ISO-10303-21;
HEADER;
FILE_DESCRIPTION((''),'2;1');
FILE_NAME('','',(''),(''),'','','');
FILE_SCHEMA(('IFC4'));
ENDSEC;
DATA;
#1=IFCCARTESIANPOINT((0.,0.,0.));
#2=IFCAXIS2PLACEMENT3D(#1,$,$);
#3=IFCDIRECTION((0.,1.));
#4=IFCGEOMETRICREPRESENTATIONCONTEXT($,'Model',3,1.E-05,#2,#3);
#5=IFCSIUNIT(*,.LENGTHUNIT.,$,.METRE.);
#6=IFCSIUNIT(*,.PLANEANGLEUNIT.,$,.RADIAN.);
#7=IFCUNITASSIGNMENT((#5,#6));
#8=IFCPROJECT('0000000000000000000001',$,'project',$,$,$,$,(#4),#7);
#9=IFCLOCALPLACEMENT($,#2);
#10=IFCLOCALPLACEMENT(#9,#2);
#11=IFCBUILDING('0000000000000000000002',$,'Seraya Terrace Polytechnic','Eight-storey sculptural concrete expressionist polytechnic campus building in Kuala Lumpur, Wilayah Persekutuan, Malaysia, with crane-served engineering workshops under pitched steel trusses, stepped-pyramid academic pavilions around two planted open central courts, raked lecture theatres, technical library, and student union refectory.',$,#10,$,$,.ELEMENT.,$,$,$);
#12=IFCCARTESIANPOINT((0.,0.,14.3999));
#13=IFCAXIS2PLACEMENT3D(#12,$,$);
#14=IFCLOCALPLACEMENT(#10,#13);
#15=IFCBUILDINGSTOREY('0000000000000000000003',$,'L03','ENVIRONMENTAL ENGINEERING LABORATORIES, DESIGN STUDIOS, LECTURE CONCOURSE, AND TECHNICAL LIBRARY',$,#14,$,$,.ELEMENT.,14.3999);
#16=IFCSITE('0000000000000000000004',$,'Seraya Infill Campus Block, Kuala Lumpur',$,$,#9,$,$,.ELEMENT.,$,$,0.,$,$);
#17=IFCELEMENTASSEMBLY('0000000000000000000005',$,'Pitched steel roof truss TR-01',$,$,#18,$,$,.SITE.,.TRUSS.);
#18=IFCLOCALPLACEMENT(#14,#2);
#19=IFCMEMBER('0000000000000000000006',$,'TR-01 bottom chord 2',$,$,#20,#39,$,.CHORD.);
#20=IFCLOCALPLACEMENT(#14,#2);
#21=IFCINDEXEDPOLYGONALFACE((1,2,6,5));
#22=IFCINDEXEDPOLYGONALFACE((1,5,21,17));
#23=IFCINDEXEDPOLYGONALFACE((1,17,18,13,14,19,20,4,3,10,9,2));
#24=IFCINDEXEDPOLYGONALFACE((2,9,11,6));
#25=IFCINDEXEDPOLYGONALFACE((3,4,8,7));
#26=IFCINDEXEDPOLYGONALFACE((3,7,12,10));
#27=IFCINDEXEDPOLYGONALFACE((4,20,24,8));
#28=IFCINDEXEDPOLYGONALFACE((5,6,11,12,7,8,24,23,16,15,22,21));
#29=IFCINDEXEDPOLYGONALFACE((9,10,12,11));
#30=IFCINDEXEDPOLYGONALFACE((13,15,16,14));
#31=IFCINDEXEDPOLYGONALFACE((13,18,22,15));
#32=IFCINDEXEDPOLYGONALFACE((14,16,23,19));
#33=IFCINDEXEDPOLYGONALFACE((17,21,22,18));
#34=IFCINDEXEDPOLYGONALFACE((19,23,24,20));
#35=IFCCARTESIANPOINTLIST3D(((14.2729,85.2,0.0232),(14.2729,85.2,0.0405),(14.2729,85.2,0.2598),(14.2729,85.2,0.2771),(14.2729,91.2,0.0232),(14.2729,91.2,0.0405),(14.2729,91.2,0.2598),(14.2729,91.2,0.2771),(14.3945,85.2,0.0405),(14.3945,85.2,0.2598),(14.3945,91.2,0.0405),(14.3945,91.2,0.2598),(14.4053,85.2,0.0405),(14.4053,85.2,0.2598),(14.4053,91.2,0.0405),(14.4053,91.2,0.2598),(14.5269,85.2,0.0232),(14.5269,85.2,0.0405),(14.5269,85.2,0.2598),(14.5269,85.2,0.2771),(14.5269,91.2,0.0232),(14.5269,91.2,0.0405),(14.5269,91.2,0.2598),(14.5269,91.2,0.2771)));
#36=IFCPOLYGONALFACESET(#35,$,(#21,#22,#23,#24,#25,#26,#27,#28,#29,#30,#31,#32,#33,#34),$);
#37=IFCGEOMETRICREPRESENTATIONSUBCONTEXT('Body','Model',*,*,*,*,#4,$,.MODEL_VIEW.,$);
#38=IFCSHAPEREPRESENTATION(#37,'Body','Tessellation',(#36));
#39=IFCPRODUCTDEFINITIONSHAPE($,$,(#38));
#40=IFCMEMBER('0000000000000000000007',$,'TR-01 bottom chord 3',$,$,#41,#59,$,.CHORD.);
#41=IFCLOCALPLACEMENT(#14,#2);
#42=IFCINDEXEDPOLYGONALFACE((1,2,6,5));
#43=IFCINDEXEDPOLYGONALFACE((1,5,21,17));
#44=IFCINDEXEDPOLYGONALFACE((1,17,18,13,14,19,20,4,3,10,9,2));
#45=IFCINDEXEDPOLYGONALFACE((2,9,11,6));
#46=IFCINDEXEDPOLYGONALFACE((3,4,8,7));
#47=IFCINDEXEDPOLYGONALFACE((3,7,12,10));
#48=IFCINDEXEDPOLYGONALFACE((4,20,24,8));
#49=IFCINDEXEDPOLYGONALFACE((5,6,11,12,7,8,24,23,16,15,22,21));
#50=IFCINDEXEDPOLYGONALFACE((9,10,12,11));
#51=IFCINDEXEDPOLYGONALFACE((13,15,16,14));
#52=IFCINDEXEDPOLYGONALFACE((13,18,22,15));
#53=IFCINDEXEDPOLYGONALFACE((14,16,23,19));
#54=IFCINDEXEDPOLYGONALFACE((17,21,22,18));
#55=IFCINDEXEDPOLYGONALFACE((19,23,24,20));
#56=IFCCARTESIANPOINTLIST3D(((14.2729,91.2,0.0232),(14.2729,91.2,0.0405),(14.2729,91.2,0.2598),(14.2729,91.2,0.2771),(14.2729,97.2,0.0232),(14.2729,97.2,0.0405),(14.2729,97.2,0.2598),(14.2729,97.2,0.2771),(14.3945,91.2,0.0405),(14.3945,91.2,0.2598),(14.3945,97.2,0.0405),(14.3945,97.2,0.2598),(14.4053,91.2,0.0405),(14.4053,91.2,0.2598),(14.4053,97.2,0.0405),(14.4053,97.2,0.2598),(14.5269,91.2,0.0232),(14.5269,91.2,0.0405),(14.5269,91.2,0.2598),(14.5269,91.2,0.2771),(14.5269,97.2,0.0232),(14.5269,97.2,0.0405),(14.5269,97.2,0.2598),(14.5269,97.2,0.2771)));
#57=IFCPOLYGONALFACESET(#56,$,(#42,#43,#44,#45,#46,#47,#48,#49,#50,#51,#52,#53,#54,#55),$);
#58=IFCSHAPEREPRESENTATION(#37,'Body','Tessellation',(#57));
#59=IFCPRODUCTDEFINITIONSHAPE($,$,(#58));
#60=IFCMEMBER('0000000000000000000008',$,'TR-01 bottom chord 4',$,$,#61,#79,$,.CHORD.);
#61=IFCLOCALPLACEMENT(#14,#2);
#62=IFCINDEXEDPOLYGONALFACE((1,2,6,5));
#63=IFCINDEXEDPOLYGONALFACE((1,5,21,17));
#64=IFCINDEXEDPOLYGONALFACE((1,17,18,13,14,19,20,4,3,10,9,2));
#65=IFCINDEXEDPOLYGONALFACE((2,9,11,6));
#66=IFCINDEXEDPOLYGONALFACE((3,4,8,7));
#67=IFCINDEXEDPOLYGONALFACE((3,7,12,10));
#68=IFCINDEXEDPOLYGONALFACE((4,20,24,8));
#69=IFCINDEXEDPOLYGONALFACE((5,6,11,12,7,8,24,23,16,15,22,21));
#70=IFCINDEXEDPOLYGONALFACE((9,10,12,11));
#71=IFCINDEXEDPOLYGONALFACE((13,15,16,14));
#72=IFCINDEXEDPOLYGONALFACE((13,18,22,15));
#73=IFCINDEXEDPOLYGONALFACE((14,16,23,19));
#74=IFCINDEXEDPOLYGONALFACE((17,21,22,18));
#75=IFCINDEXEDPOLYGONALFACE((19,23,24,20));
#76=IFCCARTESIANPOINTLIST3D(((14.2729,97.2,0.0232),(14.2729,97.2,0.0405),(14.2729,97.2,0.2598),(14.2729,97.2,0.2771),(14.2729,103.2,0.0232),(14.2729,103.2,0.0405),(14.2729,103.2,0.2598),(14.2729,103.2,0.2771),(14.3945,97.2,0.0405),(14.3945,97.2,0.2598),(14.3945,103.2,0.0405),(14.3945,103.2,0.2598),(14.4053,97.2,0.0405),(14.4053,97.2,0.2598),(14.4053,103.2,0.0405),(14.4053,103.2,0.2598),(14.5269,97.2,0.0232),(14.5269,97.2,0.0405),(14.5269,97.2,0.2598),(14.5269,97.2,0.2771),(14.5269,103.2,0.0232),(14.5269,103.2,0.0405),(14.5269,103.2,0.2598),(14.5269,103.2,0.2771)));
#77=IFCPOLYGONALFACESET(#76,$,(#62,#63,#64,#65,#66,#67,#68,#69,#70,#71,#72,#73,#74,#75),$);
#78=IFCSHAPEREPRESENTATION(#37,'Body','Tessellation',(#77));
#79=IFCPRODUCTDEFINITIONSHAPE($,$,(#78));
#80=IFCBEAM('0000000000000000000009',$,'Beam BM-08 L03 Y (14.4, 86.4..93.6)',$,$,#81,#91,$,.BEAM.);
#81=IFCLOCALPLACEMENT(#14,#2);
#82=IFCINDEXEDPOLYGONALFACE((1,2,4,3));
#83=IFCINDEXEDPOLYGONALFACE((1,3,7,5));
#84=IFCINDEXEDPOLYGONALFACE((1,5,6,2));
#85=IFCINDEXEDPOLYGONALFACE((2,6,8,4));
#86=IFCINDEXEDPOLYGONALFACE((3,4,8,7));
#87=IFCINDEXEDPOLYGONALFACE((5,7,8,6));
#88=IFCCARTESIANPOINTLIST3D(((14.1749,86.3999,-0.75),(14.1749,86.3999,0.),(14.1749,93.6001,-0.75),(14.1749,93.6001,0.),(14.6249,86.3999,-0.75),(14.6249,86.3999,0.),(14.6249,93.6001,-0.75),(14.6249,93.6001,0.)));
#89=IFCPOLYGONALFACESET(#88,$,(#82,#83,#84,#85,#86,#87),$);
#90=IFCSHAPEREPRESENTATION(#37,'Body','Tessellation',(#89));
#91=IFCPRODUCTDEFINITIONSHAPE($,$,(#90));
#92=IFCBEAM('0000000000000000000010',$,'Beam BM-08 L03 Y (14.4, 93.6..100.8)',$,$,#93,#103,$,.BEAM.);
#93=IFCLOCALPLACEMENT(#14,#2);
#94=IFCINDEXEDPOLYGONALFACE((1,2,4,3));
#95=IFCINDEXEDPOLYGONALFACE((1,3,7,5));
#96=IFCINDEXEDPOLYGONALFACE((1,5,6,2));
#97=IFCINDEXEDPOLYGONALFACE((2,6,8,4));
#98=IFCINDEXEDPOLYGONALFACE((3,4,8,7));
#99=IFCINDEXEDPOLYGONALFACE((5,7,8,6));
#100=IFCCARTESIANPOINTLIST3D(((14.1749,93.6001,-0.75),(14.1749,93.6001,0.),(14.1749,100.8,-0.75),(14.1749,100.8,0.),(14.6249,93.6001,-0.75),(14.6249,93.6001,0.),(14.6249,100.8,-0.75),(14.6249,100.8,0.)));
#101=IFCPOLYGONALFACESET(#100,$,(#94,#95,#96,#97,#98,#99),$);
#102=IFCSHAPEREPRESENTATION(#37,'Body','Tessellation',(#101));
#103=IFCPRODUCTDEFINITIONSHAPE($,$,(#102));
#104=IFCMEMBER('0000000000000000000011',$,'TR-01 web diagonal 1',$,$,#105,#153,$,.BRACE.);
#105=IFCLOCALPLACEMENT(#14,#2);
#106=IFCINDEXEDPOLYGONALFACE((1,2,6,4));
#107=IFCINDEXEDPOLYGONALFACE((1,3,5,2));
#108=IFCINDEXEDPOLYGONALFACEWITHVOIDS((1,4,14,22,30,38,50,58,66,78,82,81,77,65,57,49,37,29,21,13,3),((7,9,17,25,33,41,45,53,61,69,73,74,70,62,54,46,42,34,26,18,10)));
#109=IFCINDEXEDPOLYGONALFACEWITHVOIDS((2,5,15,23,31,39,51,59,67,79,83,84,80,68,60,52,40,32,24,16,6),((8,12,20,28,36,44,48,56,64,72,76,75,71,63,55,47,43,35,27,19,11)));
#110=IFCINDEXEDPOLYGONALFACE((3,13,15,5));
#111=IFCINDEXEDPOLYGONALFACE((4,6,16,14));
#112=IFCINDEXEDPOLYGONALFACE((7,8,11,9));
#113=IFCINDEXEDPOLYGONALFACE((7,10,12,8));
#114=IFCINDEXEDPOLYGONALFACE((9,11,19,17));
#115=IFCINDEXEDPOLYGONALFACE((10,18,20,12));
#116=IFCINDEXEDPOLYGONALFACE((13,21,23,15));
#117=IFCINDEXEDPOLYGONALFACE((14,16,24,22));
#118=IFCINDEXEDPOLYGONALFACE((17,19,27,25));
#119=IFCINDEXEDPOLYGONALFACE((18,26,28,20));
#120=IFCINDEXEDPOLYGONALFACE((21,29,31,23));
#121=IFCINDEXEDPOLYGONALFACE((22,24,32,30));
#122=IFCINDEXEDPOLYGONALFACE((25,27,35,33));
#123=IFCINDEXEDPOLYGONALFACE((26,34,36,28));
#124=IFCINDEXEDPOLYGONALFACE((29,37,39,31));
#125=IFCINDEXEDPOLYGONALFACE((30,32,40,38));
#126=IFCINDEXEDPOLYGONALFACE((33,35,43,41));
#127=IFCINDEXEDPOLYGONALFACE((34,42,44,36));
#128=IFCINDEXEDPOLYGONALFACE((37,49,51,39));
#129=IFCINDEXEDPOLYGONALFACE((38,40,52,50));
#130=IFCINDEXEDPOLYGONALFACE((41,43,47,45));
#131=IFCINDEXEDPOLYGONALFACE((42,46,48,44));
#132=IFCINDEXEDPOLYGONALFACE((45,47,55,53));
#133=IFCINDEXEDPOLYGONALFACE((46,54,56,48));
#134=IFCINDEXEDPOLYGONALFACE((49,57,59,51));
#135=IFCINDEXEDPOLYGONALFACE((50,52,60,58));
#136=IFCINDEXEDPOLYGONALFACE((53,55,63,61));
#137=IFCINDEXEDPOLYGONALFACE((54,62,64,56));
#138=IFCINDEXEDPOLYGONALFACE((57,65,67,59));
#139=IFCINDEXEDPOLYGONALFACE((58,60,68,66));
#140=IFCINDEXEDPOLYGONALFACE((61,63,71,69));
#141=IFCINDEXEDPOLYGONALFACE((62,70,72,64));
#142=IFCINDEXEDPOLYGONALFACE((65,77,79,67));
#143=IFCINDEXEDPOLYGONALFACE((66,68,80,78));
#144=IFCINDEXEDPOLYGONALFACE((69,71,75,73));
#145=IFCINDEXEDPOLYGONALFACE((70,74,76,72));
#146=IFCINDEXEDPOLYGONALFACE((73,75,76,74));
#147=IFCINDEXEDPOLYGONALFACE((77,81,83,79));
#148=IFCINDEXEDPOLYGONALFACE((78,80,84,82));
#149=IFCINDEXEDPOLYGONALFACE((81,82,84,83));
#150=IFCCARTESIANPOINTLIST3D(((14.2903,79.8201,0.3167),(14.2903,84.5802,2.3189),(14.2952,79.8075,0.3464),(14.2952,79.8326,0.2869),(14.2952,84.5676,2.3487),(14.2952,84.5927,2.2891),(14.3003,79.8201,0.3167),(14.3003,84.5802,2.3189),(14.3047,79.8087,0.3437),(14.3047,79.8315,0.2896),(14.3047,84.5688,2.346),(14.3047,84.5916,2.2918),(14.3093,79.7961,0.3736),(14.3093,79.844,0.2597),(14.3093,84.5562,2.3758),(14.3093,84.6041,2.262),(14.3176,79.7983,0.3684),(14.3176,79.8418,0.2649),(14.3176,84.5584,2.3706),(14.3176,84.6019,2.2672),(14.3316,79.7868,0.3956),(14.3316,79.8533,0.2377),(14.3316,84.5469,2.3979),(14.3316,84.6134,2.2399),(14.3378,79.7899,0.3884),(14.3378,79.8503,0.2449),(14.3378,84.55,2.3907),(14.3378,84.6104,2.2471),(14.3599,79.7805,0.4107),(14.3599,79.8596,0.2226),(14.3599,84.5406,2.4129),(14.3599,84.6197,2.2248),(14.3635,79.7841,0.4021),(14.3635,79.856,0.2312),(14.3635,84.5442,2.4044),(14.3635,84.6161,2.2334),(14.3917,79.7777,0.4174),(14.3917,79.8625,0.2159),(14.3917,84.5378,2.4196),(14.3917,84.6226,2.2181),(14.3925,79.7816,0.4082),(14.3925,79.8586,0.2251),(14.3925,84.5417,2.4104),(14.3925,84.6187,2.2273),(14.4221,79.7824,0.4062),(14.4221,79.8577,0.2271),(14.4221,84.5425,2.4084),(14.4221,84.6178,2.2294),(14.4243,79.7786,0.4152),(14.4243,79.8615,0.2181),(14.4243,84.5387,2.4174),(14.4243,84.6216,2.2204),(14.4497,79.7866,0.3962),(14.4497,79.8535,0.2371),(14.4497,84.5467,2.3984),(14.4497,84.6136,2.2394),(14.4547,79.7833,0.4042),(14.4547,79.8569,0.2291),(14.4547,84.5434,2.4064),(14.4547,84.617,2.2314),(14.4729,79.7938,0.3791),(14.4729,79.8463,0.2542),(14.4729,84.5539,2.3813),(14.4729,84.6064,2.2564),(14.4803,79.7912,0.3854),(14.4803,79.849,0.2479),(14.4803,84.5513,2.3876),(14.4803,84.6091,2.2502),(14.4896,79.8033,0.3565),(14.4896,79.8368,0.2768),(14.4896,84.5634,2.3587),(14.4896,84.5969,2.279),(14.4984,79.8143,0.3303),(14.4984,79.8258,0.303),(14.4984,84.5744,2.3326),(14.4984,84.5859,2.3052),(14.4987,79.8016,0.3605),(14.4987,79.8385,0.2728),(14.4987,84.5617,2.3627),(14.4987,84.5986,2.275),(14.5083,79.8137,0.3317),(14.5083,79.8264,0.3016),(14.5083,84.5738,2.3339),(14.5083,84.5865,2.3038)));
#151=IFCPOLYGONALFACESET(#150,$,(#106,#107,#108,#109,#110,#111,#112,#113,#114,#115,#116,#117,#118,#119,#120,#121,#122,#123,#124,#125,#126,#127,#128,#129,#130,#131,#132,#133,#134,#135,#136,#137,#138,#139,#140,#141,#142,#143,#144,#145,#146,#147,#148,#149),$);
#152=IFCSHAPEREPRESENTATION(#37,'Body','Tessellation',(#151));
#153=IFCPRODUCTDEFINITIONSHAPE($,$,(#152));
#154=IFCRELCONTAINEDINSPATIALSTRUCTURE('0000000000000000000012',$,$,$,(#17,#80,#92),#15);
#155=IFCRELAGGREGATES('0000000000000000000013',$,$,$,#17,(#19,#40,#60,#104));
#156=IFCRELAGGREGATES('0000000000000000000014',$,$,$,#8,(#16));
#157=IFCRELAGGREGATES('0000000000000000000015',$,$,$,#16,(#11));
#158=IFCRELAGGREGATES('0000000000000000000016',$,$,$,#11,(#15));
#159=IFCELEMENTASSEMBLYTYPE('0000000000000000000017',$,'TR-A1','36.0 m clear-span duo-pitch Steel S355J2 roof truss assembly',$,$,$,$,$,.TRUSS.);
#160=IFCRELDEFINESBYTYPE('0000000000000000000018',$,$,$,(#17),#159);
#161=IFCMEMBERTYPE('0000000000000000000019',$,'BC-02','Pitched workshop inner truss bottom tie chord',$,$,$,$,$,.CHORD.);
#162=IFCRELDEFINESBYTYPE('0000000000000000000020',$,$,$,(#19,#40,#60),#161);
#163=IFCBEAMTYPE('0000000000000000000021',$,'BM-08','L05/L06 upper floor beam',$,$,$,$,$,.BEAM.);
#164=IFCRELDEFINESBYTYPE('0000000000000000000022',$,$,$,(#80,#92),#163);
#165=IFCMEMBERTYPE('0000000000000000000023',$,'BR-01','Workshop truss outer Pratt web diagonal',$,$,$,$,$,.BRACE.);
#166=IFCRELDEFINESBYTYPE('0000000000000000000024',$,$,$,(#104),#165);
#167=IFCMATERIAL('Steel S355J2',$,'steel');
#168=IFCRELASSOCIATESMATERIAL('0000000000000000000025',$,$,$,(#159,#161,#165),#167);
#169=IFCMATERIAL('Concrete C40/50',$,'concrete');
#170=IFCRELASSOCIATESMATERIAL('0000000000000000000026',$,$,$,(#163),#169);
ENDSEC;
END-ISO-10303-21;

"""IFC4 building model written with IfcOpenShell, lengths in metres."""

from ifc_helpers import new_model, si_unit, direction, frame, origin, origin_2d, place, context, subcontext, project, spatial, rectangle, hollow_circle, i_section, extrude, material, material_profile, profile_set, type_object, element, aggregate, save


model = new_model("IFC4")

# Units and contexts
model_context = context("Model", 3, precision=1e-05, world=origin(), true_north=direction((0.0, 1.0)))
body_context = subcontext(model_context, "Body", "Model", "MODEL_VIEW")
ifc_project = project(units=[si_unit("LENGTHUNIT", "METRE"), si_unit("PLANEANGLEUNIT", "RADIAN")], contexts=[model_context])

# Site, building, storey
site_placement = place(None, origin())
site = spatial("IfcSite", under=ifc_project, at=site_placement, Name="Seraya Infill Campus Block, Kuala Lumpur", CompositionType="ELEMENT", RefElevation=0.0)
building_placement = place(site_placement, origin())
building = spatial("IfcBuilding", under=site, at=building_placement, Name="Seraya Terrace Polytechnic", Description="Eight-storey sculptural concrete expressionist polytechnic campus building in Kuala Lumpur, Wilayah Persekutuan, Malaysia, with crane-served engineering workshops under pitched steel trusses, stepped-pyramid academic pavilions around two planted open central courts, raked lecture theatres, technical library, and student union refectory.", CompositionType="ELEMENT")
storey_placement = place(building_placement, frame((0.0, 0.0, 14.3999)))
storey = spatial("IfcBuildingStorey", under=building, at=storey_placement, Name="L03", Description="ENVIRONMENTAL ENGINEERING LABORATORIES, DESIGN STUDIOS, LECTURE CONCOURSE, AND TECHNICAL LIBRARY", CompositionType="ELEMENT", Elevation=14.3999)

# Element assembly, members
ifc_material_1 = material(Name="Steel S355J2", Category="steel")
element_assembly_type = type_object("IfcElementAssemblyType", Name="TR-A1", Description="36.0 m clear-span duo-pitch Steel S355J2 roof truss assembly", PredefinedType="TRUSS", material=ifc_material_1)
assembly_placement = place(storey_placement, origin())
assembly = element("IfcElementAssembly", 1, at=assembly_placement, inside=storey, type_object=element_assembly_type, Name="Pitched steel roof truss TR-01", AssemblyPlace="SITE", PredefinedType="TRUSS")
ifc_material_profile_1 = material_profile(ifc_material_1, i_section(OverallWidth=0.2539, OverallDepth=0.2539, WebThickness=0.0107, FlangeThickness=0.0173, at=origin_2d()), Name="UKC 254x254x10.7x17.3")
ifc_profile_set_1 = profile_set([ifc_material_profile_1], Name="Steel S355J2")
member_type_1 = type_object("IfcMemberType", Name="BC-02", Description="Pitched workshop inner truss bottom tie chord", PredefinedType="CHORD", material=ifc_profile_set_1)
member_1_placement = place(storey_placement, frame((14.3999, 85.2, 0.1501), z_axis=(0.0, 1.0, 0.0), x_axis=(-1.0, 0.0, 0.0)))
member_1 = element("IfcMember", 2, at=member_1_placement, type_object=member_type_1, Name="TR-01 bottom chord 2", PredefinedType="CHORD", context=body_context, shape_type="SweptSolid", body=[
    extrude(i_section(OverallWidth=0.2539, OverallDepth=0.2539, WebThickness=0.0107, FlangeThickness=0.0173, at=origin_2d()), origin(), (0.0, 0.0, 1.0), 6.0),
])
member_2_placement = place(storey_placement, frame((14.3999, 91.2, 0.1501), z_axis=(0.0, 1.0, 0.0), x_axis=(-1.0, 0.0, 0.0)))
member_2 = element("IfcMember", 3, at=member_2_placement, type_object=member_type_1, Name="TR-01 bottom chord 3", PredefinedType="CHORD", context=body_context, shape_type="SweptSolid", body=[
    extrude(i_section(OverallWidth=0.2539, OverallDepth=0.2539, WebThickness=0.0107, FlangeThickness=0.0173, at=origin_2d()), origin(), (0.0, 0.0, 1.0), 6.0),
])
member_3_placement = place(storey_placement, frame((14.3999, 97.2, 0.1501), z_axis=(0.0, 1.0, 0.0), x_axis=(-1.0, 0.0, 0.0)))
member_3 = element("IfcMember", 4, at=member_3_placement, type_object=member_type_1, Name="TR-01 bottom chord 4", PredefinedType="CHORD", context=body_context, shape_type="SweptSolid", body=[
    extrude(i_section(OverallWidth=0.2539, OverallDepth=0.2539, WebThickness=0.0107, FlangeThickness=0.0173, at=origin_2d()), origin(), (0.0, 0.0, 1.0), 6.0),
])

# Beams
ifc_material_2 = material(Name="Concrete C40/50", Category="concrete")
ifc_material_profile_2 = material_profile(ifc_material_2, rectangle(XDim=0.45, YDim=0.75, at=origin_2d()), Name="RC 450x750")
ifc_profile_set_2 = profile_set([ifc_material_profile_2], Name="Concrete C40/50")
beam_type = type_object("IfcBeamType", Name="BM-08", Description="L05/L06 upper floor beam", PredefinedType="BEAM", material=ifc_profile_set_2)
beam_1_placement = place(storey_placement, frame((14.3999, 86.3999, -0.375), z_axis=(0.0, 1.0, 0.0), x_axis=(-1.0, 0.0, 0.0)))
element("IfcBeam", 5, at=beam_1_placement, inside=storey, type_object=beam_type, Name="Beam BM-08 L03 Y (14.4, 86.4..93.6)", PredefinedType="BEAM", context=body_context, shape_type="SweptSolid", body=[
    extrude(rectangle(XDim=0.45, YDim=0.75, at=origin_2d()), origin(), (0.0, 0.0, 1.0), 7.2002),
])
beam_2_placement = place(storey_placement, frame((14.3999, 93.6001, -0.375), z_axis=(0.0, 1.0, 0.0), x_axis=(-1.0, 0.0, 0.0)))
element("IfcBeam", 6, at=beam_2_placement, inside=storey, type_object=beam_type, Name="Beam BM-08 L03 Y (14.4, 93.6..100.8)", PredefinedType="BEAM", context=body_context, shape_type="SweptSolid", body=[
    extrude(rectangle(XDim=0.45, YDim=0.75, at=origin_2d()), origin(), (0.0, 0.0, 1.0), 7.2),
])

# Member
ifc_material_profile_3 = material_profile(ifc_material_1, hollow_circle(Radius=0.1096, WallThickness=0.01, at=origin_2d()), Name="CHS 219.1x10.0")
ifc_profile_set_3 = profile_set([ifc_material_profile_3], Name="Steel S355J2")
member_type_2 = type_object("IfcMemberType", Name="BR-01", Description="Workshop truss outer Pratt web diagonal", PredefinedType="BRACE", material=ifc_profile_set_3)
member_4_placement = place(storey_placement, frame((14.3999, 79.8201, 0.3167), z_axis=(0.0, 0.921775, 0.387725), x_axis=(-1.0, 0.0, 0.0)))
member_4 = element("IfcMember", 7, at=member_4_placement, type_object=member_type_2, Name="TR-01 web diagonal 1", PredefinedType="BRACE", context=body_context, shape_type="SweptSolid", body=[
    extrude(hollow_circle(Radius=0.1096, WallThickness=0.01, at=origin_2d()), origin(), (0.0, 0.0, 1.0), 5.1641),
])

aggregate(assembly, [member_1, member_2, member_3, member_4])

save(model, "model.ifc")
